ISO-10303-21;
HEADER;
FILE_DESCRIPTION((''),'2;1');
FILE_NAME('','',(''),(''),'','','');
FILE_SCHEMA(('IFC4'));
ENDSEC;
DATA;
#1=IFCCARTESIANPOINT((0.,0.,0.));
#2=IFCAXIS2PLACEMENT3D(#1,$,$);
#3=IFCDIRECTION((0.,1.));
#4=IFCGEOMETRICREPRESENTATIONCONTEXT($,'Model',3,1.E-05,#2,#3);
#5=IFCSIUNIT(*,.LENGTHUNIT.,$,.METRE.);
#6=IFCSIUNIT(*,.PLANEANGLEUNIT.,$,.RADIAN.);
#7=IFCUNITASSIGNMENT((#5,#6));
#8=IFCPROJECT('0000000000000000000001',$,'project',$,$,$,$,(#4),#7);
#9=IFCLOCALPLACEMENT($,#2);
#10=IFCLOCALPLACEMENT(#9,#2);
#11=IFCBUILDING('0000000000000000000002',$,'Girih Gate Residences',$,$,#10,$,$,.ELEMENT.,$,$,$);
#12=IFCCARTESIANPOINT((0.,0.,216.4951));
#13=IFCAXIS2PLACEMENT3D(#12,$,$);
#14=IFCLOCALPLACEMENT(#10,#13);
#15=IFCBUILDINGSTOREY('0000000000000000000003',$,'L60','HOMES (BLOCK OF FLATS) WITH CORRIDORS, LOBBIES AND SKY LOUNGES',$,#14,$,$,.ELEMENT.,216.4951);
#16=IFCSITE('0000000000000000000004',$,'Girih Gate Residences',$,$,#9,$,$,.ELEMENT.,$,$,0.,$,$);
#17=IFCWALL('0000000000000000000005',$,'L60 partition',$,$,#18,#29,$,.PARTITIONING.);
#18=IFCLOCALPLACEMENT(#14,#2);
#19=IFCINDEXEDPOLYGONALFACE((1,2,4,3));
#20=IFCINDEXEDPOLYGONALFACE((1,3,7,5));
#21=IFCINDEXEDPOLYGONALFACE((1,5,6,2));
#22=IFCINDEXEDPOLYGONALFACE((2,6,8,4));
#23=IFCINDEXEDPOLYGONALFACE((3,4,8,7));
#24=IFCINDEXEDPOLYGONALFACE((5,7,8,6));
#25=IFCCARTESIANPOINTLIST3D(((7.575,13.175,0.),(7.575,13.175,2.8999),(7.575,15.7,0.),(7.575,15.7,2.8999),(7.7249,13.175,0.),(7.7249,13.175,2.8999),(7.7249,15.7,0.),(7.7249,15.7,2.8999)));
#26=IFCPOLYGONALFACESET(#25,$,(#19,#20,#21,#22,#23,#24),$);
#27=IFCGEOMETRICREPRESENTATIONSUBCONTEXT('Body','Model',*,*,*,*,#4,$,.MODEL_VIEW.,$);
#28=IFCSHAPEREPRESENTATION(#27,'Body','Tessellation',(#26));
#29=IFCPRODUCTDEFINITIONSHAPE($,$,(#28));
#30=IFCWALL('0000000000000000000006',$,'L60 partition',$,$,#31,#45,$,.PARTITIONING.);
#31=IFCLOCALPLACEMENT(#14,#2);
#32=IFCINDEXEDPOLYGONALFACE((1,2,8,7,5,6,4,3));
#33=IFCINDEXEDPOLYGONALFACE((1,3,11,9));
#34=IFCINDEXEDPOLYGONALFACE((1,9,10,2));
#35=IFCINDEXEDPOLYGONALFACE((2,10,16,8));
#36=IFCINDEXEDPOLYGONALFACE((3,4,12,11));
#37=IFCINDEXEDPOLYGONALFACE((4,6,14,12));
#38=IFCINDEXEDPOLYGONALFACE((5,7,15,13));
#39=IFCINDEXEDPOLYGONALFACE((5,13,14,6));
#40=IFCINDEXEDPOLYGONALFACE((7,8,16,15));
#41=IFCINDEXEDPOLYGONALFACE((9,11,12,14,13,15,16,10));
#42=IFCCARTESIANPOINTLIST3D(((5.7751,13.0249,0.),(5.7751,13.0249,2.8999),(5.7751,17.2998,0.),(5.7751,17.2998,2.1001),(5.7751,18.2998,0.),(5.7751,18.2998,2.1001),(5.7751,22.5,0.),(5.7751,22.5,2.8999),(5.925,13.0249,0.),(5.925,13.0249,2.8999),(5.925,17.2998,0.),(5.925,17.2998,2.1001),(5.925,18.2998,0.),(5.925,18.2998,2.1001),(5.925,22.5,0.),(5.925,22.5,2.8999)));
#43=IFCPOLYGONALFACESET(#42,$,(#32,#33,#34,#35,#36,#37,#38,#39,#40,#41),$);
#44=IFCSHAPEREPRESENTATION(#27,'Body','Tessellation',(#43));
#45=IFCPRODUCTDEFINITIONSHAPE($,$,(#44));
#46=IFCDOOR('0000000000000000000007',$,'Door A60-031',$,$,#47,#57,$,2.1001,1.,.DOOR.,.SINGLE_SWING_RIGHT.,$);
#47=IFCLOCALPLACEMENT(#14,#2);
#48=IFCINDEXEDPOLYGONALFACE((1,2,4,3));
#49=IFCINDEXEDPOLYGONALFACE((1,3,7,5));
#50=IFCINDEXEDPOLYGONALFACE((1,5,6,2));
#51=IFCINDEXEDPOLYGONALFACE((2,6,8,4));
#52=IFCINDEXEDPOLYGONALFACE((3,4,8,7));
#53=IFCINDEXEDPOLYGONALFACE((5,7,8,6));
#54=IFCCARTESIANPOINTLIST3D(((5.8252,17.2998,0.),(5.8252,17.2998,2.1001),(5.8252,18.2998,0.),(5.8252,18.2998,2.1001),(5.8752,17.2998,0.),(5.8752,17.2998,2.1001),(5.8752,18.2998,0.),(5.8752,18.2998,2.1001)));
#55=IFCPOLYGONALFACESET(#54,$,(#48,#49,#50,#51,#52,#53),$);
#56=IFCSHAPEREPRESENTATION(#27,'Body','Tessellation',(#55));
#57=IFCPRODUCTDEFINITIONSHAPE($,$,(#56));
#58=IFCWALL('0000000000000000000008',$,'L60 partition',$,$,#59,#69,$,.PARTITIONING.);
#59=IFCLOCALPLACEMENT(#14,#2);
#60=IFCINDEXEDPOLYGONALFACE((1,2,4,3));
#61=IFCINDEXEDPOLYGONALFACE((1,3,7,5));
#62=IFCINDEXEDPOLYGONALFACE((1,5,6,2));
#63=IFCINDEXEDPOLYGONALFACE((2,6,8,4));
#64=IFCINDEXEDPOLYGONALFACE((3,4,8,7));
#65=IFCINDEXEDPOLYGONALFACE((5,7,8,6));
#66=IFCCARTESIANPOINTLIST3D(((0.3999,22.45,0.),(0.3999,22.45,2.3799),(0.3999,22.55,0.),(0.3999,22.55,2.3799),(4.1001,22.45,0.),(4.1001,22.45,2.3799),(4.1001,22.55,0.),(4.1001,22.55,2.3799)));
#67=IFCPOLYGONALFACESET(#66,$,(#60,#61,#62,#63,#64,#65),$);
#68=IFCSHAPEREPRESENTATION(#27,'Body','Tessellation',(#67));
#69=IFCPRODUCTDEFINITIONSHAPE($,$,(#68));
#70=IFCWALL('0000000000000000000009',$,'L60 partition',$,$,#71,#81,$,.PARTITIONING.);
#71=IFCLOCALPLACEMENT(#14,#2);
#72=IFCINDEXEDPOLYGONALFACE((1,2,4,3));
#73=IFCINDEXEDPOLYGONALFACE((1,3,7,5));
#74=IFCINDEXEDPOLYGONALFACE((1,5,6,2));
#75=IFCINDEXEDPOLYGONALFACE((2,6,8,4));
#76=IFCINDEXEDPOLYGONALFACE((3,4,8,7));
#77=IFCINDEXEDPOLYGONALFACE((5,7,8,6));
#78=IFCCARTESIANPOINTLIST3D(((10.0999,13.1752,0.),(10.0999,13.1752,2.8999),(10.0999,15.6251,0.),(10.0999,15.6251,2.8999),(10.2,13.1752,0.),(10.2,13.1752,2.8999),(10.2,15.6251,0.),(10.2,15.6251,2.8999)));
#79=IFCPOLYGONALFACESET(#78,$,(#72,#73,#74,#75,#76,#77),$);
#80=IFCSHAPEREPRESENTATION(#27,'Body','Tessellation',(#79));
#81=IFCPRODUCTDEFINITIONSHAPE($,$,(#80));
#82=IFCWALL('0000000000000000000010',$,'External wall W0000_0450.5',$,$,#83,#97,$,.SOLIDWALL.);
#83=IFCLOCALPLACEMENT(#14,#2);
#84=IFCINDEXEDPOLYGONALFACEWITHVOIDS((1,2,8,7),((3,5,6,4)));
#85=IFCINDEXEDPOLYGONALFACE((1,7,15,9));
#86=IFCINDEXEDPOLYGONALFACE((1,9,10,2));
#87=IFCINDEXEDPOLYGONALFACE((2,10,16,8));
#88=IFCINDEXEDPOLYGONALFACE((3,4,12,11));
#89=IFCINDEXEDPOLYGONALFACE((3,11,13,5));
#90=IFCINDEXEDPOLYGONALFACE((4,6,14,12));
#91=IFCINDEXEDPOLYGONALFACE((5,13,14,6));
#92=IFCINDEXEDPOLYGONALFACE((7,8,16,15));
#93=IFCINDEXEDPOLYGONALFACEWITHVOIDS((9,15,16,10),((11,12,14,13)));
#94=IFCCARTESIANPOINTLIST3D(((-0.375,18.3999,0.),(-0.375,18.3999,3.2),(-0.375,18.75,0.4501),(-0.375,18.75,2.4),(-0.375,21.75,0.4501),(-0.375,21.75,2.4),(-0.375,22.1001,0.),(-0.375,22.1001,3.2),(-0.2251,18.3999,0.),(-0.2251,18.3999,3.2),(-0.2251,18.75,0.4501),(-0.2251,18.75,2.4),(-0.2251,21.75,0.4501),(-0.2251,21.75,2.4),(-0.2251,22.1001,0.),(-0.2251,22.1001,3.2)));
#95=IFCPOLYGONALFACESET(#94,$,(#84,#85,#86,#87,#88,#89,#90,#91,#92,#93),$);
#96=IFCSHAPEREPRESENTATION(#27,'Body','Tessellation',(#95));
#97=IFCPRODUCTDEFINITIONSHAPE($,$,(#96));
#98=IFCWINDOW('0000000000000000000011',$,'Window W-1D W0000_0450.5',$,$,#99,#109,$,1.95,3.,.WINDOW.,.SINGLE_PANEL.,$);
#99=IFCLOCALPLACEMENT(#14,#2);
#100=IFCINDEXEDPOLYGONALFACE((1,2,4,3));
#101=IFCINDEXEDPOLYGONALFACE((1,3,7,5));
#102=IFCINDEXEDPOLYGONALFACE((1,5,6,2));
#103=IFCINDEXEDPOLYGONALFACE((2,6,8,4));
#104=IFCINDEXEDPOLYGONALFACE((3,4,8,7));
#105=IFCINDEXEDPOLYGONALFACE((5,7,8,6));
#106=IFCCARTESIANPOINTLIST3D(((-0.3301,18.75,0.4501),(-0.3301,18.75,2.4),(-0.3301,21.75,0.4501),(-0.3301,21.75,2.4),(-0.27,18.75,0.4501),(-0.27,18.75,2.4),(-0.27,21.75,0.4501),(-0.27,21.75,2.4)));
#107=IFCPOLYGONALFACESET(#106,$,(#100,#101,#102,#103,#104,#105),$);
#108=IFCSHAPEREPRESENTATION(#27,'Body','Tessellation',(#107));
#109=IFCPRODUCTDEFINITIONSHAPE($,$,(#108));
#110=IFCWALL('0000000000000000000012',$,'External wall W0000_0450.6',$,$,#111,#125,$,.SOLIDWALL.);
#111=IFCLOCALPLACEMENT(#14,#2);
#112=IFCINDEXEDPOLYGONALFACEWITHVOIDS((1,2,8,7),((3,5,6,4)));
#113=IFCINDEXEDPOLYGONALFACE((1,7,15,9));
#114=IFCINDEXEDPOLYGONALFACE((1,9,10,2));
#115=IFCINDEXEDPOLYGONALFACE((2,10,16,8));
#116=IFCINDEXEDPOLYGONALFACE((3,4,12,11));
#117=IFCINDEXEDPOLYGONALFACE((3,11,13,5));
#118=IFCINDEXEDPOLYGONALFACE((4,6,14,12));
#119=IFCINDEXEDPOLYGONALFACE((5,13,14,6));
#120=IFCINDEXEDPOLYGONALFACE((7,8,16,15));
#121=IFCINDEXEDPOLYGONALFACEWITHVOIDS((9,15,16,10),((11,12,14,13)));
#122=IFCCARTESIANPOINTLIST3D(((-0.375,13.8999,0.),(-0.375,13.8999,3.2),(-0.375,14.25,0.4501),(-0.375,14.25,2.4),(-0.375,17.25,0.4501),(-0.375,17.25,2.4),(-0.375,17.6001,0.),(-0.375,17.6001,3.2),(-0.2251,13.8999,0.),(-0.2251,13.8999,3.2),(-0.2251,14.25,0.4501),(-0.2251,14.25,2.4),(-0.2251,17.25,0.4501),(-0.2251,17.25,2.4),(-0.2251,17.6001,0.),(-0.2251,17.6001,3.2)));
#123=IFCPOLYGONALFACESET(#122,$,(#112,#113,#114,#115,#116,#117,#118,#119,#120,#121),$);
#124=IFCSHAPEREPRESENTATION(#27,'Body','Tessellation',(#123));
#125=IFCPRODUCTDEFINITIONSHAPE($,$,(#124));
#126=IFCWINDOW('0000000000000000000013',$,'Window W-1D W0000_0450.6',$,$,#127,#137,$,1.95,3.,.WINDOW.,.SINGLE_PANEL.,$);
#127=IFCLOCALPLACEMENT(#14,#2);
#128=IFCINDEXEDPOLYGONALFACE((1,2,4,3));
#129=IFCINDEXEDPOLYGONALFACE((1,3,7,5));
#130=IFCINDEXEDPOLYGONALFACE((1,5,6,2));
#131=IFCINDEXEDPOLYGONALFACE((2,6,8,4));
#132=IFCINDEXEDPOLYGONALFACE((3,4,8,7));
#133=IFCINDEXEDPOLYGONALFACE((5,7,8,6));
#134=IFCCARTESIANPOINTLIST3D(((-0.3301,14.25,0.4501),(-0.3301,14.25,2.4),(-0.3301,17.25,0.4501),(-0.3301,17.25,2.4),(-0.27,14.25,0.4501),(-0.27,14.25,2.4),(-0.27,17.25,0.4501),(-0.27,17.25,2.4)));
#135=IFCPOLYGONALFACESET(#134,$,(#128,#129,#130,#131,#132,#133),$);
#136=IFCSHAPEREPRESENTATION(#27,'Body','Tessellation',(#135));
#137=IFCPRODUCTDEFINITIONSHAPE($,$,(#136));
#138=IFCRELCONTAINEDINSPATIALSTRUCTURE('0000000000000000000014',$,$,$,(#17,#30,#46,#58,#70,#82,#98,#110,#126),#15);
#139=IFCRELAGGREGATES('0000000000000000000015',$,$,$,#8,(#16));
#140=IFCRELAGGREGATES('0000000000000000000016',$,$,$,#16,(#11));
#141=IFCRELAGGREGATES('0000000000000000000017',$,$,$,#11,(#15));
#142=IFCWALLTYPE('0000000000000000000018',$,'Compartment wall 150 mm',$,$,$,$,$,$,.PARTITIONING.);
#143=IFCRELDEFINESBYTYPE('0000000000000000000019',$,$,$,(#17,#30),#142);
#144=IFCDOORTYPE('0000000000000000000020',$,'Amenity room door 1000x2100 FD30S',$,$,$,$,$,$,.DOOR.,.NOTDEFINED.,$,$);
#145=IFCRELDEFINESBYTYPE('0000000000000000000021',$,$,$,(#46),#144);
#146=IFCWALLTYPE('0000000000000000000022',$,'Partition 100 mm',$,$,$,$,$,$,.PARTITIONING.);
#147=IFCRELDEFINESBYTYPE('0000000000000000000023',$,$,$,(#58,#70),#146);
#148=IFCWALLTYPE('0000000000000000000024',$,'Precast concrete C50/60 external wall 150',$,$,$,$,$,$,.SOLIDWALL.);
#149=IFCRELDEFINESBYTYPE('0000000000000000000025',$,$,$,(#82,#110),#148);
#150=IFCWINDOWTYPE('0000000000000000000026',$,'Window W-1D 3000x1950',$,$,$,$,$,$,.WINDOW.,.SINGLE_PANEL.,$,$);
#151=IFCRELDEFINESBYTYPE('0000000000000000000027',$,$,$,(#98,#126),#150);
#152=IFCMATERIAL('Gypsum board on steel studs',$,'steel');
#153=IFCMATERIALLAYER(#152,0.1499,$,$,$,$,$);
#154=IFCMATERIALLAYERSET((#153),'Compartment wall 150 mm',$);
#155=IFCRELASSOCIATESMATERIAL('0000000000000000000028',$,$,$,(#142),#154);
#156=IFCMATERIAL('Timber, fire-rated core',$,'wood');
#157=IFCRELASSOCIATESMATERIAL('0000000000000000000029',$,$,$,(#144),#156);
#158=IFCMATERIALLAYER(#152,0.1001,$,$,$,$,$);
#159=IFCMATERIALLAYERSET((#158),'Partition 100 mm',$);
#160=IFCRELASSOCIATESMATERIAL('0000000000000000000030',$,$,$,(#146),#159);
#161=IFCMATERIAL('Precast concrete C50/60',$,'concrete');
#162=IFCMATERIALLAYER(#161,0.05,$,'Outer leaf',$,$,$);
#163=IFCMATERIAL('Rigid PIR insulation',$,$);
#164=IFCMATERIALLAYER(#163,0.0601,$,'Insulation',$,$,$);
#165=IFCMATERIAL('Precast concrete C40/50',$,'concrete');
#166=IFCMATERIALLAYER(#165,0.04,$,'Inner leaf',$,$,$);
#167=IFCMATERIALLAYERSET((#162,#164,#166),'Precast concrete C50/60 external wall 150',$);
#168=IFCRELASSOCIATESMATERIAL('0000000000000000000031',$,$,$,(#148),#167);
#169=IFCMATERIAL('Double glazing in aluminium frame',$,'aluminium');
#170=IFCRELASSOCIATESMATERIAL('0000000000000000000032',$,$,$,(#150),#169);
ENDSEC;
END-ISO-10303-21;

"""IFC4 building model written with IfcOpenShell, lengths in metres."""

from ifc_helpers import new_model, si_unit, direction, frame, frame_2d, origin, place, context, subcontext, project, spatial, rectangle, extrude, material, layer, layer_set, type_object, element, fill, save


model = new_model("IFC4")

# Units and contexts
model_context = context("Model", 3, precision=1e-05, world=origin(), true_north=direction((0.0, 1.0)))
body_context = subcontext(model_context, "Body", "Model", "MODEL_VIEW")
ifc_project = project(units=[si_unit("LENGTHUNIT", "METRE"), si_unit("PLANEANGLEUNIT", "RADIAN")], contexts=[model_context])

# Site, building, storey
site_placement = place(None, origin())
site = spatial("IfcSite", under=ifc_project, at=site_placement, Name="Girih Gate Residences", CompositionType="ELEMENT", RefElevation=0.0)
building_placement = place(site_placement, origin())
building = spatial("IfcBuilding", under=site, at=building_placement, Name="Girih Gate Residences", CompositionType="ELEMENT")
storey_placement = place(building_placement, frame((0.0, 0.0, 216.4951)))
storey = spatial("IfcBuildingStorey", under=building, at=storey_placement, Name="L60", Description="HOMES (BLOCK OF FLATS) WITH CORRIDORS, LOBBIES AND SKY LOUNGES", CompositionType="ELEMENT", Elevation=216.4951)

# Shared definitions
ifc_material_1 = material(Name="Gypsum board on steel studs", Category="steel")
ifc_layer_1 = layer(ifc_material_1, 0.1499)
ifc_layer_set_1 = layer_set([ifc_layer_1], Name="Compartment wall 150 mm")
wall_type_1 = type_object("IfcWallType", Name="Compartment wall 150 mm", PredefinedType="PARTITIONING", material=ifc_layer_set_1)

# Wall
wall_1_placement = place(storey_placement, frame((7.6499, 13.175, 0.0), z_axis=(0.0, 0.0, 1.0), x_axis=(0.0, 1.0, 0.0)))
element("IfcWall", 1, at=wall_1_placement, inside=storey, type_object=wall_type_1, Name="L60 partition", PredefinedType="PARTITIONING", context=body_context, shape_type="SweptSolid", body=[
    extrude(rectangle(XDim=2.5249, YDim=0.1499, at=frame_2d((1.2625, 0.0))), origin(), (0.0, 0.0, 1.0), 2.8999),
])

# Wall, opening, door
wall_2_placement = place(storey_placement, frame((5.8501, 13.0249, 0.0), z_axis=(0.0, 0.0, 1.0), x_axis=(0.0, 1.0, 0.0)))
wall_2 = element("IfcWall", 2, at=wall_2_placement, inside=storey, type_object=wall_type_1, Name="L60 partition", PredefinedType="PARTITIONING", context=body_context, shape_type="SweptSolid", body=[
    extrude(rectangle(XDim=9.4751, YDim=0.1499, at=frame_2d((4.7375, 0.0))), origin(), (0.0, 0.0, 1.0), 2.8999),
])
opening_1_placement = place(wall_2_placement, frame((4.2749, 0.0, 0.0)))
opening_1 = element("IfcOpeningElement", 3, at=opening_1_placement, cuts=wall_2, PredefinedType="OPENING", context=body_context, shape_type="SweptSolid", body=[
    extrude(rectangle(XDim=1.0, YDim=2.1001, at=frame_2d((0.5, 1.05))), frame((0.0, 0.085, 0.0), z_axis=(0.0, -1.0, 0.0), x_axis=(1.0, 0.0, 0.0)), (0.0, 0.0, 1.0), 0.1699),
])
ifc_material_2 = material(Name="Timber, fire-rated core", Category="wood")
door_type_1 = type_object("IfcDoorType", Name="Amenity room door 1000x2100 FD30S", OperationType="NOTDEFINED", PredefinedType="DOOR", material=ifc_material_2)
door_1_placement = place(opening_1_placement, origin())
door_1 = element("IfcDoor", 4, at=door_1_placement, inside=storey, type_object=door_type_1, Name="Door A60-031", OperationType="SINGLE_SWING_RIGHT", OverallHeight=2.1001, OverallWidth=1.0, PredefinedType="DOOR", context=body_context, shape_type="SweptSolid", body=[
    extrude(rectangle(XDim=1.0, YDim=2.1001, at=frame_2d((0.5, 1.05))), frame((0.0, 0.0249, 0.0), z_axis=(0.0, -1.0, 0.0), x_axis=(1.0, 0.0, 0.0)), (0.0, 0.0, 1.0), 0.05),
])
fill(opening_1, door_1)

# Walls
ifc_layer_2 = layer(ifc_material_1, 0.1001)
ifc_layer_set_2 = layer_set([ifc_layer_2], Name="Partition 100 mm")
wall_type_2 = type_object("IfcWallType", Name="Partition 100 mm", PredefinedType="PARTITIONING", material=ifc_layer_set_2)
wall_3_placement = place(storey_placement, frame((0.3999, 22.5, 0.0), z_axis=(0.0, 0.0, 1.0), x_axis=(1.0, 0.0, 0.0)))
element("IfcWall", 5, at=wall_3_placement, inside=storey, type_object=wall_type_2, Name="L60 partition", PredefinedType="PARTITIONING", context=body_context, shape_type="SweptSolid", body=[
    extrude(rectangle(XDim=3.7002, YDim=0.1001, at=frame_2d((1.8501, 0.0))), origin(), (0.0, 0.0, 1.0), 2.3799),
])
wall_4_placement = place(storey_placement, frame((10.1499, 13.175, 0.0), z_axis=(0.0, 0.0, 1.0), x_axis=(0.0, 1.0, 0.0)))
element("IfcWall", 6, at=wall_4_placement, inside=storey, type_object=wall_type_2, Name="L60 partition", PredefinedType="PARTITIONING", context=body_context, shape_type="SweptSolid", body=[
    extrude(rectangle(XDim=2.45, YDim=0.1001, at=frame_2d((1.2251, 0.0))), origin(), (0.0, 0.0, 1.0), 2.8999),
])

# Walls, openings, windows
ifc_material_3 = material(Name="Precast concrete C50/60", Category="concrete")
ifc_layer_3 = layer(ifc_material_3, 0.05, Name="Outer leaf")
ifc_material_4 = material(Name="Rigid PIR insulation")
ifc_layer_4 = layer(ifc_material_4, 0.0601, Name="Insulation")
ifc_material_5 = material(Name="Precast concrete C40/50", Category="concrete")
ifc_layer_5 = layer(ifc_material_5, 0.04, Name="Inner leaf")
ifc_layer_set_3 = layer_set([ifc_layer_3, ifc_layer_4, ifc_layer_5], Name="Precast concrete C50/60 external wall 150")
wall_type_3 = type_object("IfcWallType", Name="Precast concrete C50/60 external wall 150", PredefinedType="SOLIDWALL", material=ifc_layer_set_3)
wall_5_placement = place(storey_placement, frame((-0.3, 18.3999, 0.0), z_axis=(0.0, 0.0, 1.0), x_axis=(0.0, 1.0, 0.0)))
wall_5 = element("IfcWall", 7, at=wall_5_placement, inside=storey, type_object=wall_type_3, Name="External wall W0000_0450.5", PredefinedType="SOLIDWALL", context=body_context, shape_type="SweptSolid", body=[
    extrude(rectangle(XDim=3.7002, YDim=0.1499, at=frame_2d((1.8501, 0.0))), origin(), (0.0, 0.0, 1.0), 3.2),
])
opening_2_placement = place(wall_5_placement, frame((0.3501, 0.0, 0.45)))
opening_2 = element("IfcOpeningElement", 8, at=opening_2_placement, cuts=wall_5, PredefinedType="OPENING", context=body_context, shape_type="SweptSolid", body=[
    extrude(rectangle(XDim=3.0, YDim=1.95, at=frame_2d((1.5, 0.9751))), frame((0.0, 0.085, 0.0), z_axis=(0.0, -1.0, 0.0), x_axis=(1.0, 0.0, 0.0)), (0.0, 0.0, 1.0), 0.1699),
])
ifc_material_6 = material(Name="Double glazing in aluminium frame", Category="aluminium")
window_type = type_object("IfcWindowType", Name="Window W-1D 3000x1950", PartitioningType="SINGLE_PANEL", PredefinedType="WINDOW", material=ifc_material_6)
window_1_placement = place(opening_2_placement, origin())
window_1 = element("IfcWindow", 9, at=window_1_placement, inside=storey, type_object=window_type, Name="Window W-1D W0000_0450.5", OverallHeight=1.95, OverallWidth=3.0, PartitioningType="SINGLE_PANEL", PredefinedType="WINDOW", context=body_context, shape_type="SweptSolid", body=[
    extrude(rectangle(XDim=3.0, YDim=1.95, at=frame_2d((1.5, 0.9751))), frame((0.0, 0.03, 0.0), z_axis=(0.0, -1.0, 0.0), x_axis=(1.0, 0.0, 0.0)), (0.0, 0.0, 1.0), 0.0601),
])
fill(opening_2, window_1)
wall_6_placement = place(storey_placement, frame((-0.3, 13.8999, 0.0), z_axis=(0.0, 0.0, 1.0), x_axis=(0.0, 1.0, 0.0)))
wall_6 = element("IfcWall", 10, at=wall_6_placement, inside=storey, type_object=wall_type_3, Name="External wall W0000_0450.6", PredefinedType="SOLIDWALL", context=body_context, shape_type="SweptSolid", body=[
    extrude(rectangle(XDim=3.7002, YDim=0.1499, at=frame_2d((1.8501, 0.0))), origin(), (0.0, 0.0, 1.0), 3.2),
])
opening_3_placement = place(wall_6_placement, frame((0.3501, 0.0, 0.45)))
opening_3 = element("IfcOpeningElement", 11, at=opening_3_placement, cuts=wall_6, PredefinedType="OPENING", context=body_context, shape_type="SweptSolid", body=[
    extrude(rectangle(XDim=3.0, YDim=1.95, at=frame_2d((1.5, 0.9751))), frame((0.0, 0.085, 0.0), z_axis=(0.0, -1.0, 0.0), x_axis=(1.0, 0.0, 0.0)), (0.0, 0.0, 1.0), 0.1699),
])
window_2_placement = place(opening_3_placement, origin())
window_2 = element("IfcWindow", 12, at=window_2_placement, inside=storey, type_object=window_type, Name="Window W-1D W0000_0450.6", OverallHeight=1.95, OverallWidth=3.0, PartitioningType="SINGLE_PANEL", PredefinedType="WINDOW", context=body_context, shape_type="SweptSolid", body=[
    extrude(rectangle(XDim=3.0, YDim=1.95, at=frame_2d((1.5, 0.9751))), frame((0.0, 0.03, 0.0), z_axis=(0.0, -1.0, 0.0), x_axis=(1.0, 0.0, 0.0)), (0.0, 0.0, 1.0), 0.0601),
])
fill(opening_3, window_2)

save(model, "model.ifc")
